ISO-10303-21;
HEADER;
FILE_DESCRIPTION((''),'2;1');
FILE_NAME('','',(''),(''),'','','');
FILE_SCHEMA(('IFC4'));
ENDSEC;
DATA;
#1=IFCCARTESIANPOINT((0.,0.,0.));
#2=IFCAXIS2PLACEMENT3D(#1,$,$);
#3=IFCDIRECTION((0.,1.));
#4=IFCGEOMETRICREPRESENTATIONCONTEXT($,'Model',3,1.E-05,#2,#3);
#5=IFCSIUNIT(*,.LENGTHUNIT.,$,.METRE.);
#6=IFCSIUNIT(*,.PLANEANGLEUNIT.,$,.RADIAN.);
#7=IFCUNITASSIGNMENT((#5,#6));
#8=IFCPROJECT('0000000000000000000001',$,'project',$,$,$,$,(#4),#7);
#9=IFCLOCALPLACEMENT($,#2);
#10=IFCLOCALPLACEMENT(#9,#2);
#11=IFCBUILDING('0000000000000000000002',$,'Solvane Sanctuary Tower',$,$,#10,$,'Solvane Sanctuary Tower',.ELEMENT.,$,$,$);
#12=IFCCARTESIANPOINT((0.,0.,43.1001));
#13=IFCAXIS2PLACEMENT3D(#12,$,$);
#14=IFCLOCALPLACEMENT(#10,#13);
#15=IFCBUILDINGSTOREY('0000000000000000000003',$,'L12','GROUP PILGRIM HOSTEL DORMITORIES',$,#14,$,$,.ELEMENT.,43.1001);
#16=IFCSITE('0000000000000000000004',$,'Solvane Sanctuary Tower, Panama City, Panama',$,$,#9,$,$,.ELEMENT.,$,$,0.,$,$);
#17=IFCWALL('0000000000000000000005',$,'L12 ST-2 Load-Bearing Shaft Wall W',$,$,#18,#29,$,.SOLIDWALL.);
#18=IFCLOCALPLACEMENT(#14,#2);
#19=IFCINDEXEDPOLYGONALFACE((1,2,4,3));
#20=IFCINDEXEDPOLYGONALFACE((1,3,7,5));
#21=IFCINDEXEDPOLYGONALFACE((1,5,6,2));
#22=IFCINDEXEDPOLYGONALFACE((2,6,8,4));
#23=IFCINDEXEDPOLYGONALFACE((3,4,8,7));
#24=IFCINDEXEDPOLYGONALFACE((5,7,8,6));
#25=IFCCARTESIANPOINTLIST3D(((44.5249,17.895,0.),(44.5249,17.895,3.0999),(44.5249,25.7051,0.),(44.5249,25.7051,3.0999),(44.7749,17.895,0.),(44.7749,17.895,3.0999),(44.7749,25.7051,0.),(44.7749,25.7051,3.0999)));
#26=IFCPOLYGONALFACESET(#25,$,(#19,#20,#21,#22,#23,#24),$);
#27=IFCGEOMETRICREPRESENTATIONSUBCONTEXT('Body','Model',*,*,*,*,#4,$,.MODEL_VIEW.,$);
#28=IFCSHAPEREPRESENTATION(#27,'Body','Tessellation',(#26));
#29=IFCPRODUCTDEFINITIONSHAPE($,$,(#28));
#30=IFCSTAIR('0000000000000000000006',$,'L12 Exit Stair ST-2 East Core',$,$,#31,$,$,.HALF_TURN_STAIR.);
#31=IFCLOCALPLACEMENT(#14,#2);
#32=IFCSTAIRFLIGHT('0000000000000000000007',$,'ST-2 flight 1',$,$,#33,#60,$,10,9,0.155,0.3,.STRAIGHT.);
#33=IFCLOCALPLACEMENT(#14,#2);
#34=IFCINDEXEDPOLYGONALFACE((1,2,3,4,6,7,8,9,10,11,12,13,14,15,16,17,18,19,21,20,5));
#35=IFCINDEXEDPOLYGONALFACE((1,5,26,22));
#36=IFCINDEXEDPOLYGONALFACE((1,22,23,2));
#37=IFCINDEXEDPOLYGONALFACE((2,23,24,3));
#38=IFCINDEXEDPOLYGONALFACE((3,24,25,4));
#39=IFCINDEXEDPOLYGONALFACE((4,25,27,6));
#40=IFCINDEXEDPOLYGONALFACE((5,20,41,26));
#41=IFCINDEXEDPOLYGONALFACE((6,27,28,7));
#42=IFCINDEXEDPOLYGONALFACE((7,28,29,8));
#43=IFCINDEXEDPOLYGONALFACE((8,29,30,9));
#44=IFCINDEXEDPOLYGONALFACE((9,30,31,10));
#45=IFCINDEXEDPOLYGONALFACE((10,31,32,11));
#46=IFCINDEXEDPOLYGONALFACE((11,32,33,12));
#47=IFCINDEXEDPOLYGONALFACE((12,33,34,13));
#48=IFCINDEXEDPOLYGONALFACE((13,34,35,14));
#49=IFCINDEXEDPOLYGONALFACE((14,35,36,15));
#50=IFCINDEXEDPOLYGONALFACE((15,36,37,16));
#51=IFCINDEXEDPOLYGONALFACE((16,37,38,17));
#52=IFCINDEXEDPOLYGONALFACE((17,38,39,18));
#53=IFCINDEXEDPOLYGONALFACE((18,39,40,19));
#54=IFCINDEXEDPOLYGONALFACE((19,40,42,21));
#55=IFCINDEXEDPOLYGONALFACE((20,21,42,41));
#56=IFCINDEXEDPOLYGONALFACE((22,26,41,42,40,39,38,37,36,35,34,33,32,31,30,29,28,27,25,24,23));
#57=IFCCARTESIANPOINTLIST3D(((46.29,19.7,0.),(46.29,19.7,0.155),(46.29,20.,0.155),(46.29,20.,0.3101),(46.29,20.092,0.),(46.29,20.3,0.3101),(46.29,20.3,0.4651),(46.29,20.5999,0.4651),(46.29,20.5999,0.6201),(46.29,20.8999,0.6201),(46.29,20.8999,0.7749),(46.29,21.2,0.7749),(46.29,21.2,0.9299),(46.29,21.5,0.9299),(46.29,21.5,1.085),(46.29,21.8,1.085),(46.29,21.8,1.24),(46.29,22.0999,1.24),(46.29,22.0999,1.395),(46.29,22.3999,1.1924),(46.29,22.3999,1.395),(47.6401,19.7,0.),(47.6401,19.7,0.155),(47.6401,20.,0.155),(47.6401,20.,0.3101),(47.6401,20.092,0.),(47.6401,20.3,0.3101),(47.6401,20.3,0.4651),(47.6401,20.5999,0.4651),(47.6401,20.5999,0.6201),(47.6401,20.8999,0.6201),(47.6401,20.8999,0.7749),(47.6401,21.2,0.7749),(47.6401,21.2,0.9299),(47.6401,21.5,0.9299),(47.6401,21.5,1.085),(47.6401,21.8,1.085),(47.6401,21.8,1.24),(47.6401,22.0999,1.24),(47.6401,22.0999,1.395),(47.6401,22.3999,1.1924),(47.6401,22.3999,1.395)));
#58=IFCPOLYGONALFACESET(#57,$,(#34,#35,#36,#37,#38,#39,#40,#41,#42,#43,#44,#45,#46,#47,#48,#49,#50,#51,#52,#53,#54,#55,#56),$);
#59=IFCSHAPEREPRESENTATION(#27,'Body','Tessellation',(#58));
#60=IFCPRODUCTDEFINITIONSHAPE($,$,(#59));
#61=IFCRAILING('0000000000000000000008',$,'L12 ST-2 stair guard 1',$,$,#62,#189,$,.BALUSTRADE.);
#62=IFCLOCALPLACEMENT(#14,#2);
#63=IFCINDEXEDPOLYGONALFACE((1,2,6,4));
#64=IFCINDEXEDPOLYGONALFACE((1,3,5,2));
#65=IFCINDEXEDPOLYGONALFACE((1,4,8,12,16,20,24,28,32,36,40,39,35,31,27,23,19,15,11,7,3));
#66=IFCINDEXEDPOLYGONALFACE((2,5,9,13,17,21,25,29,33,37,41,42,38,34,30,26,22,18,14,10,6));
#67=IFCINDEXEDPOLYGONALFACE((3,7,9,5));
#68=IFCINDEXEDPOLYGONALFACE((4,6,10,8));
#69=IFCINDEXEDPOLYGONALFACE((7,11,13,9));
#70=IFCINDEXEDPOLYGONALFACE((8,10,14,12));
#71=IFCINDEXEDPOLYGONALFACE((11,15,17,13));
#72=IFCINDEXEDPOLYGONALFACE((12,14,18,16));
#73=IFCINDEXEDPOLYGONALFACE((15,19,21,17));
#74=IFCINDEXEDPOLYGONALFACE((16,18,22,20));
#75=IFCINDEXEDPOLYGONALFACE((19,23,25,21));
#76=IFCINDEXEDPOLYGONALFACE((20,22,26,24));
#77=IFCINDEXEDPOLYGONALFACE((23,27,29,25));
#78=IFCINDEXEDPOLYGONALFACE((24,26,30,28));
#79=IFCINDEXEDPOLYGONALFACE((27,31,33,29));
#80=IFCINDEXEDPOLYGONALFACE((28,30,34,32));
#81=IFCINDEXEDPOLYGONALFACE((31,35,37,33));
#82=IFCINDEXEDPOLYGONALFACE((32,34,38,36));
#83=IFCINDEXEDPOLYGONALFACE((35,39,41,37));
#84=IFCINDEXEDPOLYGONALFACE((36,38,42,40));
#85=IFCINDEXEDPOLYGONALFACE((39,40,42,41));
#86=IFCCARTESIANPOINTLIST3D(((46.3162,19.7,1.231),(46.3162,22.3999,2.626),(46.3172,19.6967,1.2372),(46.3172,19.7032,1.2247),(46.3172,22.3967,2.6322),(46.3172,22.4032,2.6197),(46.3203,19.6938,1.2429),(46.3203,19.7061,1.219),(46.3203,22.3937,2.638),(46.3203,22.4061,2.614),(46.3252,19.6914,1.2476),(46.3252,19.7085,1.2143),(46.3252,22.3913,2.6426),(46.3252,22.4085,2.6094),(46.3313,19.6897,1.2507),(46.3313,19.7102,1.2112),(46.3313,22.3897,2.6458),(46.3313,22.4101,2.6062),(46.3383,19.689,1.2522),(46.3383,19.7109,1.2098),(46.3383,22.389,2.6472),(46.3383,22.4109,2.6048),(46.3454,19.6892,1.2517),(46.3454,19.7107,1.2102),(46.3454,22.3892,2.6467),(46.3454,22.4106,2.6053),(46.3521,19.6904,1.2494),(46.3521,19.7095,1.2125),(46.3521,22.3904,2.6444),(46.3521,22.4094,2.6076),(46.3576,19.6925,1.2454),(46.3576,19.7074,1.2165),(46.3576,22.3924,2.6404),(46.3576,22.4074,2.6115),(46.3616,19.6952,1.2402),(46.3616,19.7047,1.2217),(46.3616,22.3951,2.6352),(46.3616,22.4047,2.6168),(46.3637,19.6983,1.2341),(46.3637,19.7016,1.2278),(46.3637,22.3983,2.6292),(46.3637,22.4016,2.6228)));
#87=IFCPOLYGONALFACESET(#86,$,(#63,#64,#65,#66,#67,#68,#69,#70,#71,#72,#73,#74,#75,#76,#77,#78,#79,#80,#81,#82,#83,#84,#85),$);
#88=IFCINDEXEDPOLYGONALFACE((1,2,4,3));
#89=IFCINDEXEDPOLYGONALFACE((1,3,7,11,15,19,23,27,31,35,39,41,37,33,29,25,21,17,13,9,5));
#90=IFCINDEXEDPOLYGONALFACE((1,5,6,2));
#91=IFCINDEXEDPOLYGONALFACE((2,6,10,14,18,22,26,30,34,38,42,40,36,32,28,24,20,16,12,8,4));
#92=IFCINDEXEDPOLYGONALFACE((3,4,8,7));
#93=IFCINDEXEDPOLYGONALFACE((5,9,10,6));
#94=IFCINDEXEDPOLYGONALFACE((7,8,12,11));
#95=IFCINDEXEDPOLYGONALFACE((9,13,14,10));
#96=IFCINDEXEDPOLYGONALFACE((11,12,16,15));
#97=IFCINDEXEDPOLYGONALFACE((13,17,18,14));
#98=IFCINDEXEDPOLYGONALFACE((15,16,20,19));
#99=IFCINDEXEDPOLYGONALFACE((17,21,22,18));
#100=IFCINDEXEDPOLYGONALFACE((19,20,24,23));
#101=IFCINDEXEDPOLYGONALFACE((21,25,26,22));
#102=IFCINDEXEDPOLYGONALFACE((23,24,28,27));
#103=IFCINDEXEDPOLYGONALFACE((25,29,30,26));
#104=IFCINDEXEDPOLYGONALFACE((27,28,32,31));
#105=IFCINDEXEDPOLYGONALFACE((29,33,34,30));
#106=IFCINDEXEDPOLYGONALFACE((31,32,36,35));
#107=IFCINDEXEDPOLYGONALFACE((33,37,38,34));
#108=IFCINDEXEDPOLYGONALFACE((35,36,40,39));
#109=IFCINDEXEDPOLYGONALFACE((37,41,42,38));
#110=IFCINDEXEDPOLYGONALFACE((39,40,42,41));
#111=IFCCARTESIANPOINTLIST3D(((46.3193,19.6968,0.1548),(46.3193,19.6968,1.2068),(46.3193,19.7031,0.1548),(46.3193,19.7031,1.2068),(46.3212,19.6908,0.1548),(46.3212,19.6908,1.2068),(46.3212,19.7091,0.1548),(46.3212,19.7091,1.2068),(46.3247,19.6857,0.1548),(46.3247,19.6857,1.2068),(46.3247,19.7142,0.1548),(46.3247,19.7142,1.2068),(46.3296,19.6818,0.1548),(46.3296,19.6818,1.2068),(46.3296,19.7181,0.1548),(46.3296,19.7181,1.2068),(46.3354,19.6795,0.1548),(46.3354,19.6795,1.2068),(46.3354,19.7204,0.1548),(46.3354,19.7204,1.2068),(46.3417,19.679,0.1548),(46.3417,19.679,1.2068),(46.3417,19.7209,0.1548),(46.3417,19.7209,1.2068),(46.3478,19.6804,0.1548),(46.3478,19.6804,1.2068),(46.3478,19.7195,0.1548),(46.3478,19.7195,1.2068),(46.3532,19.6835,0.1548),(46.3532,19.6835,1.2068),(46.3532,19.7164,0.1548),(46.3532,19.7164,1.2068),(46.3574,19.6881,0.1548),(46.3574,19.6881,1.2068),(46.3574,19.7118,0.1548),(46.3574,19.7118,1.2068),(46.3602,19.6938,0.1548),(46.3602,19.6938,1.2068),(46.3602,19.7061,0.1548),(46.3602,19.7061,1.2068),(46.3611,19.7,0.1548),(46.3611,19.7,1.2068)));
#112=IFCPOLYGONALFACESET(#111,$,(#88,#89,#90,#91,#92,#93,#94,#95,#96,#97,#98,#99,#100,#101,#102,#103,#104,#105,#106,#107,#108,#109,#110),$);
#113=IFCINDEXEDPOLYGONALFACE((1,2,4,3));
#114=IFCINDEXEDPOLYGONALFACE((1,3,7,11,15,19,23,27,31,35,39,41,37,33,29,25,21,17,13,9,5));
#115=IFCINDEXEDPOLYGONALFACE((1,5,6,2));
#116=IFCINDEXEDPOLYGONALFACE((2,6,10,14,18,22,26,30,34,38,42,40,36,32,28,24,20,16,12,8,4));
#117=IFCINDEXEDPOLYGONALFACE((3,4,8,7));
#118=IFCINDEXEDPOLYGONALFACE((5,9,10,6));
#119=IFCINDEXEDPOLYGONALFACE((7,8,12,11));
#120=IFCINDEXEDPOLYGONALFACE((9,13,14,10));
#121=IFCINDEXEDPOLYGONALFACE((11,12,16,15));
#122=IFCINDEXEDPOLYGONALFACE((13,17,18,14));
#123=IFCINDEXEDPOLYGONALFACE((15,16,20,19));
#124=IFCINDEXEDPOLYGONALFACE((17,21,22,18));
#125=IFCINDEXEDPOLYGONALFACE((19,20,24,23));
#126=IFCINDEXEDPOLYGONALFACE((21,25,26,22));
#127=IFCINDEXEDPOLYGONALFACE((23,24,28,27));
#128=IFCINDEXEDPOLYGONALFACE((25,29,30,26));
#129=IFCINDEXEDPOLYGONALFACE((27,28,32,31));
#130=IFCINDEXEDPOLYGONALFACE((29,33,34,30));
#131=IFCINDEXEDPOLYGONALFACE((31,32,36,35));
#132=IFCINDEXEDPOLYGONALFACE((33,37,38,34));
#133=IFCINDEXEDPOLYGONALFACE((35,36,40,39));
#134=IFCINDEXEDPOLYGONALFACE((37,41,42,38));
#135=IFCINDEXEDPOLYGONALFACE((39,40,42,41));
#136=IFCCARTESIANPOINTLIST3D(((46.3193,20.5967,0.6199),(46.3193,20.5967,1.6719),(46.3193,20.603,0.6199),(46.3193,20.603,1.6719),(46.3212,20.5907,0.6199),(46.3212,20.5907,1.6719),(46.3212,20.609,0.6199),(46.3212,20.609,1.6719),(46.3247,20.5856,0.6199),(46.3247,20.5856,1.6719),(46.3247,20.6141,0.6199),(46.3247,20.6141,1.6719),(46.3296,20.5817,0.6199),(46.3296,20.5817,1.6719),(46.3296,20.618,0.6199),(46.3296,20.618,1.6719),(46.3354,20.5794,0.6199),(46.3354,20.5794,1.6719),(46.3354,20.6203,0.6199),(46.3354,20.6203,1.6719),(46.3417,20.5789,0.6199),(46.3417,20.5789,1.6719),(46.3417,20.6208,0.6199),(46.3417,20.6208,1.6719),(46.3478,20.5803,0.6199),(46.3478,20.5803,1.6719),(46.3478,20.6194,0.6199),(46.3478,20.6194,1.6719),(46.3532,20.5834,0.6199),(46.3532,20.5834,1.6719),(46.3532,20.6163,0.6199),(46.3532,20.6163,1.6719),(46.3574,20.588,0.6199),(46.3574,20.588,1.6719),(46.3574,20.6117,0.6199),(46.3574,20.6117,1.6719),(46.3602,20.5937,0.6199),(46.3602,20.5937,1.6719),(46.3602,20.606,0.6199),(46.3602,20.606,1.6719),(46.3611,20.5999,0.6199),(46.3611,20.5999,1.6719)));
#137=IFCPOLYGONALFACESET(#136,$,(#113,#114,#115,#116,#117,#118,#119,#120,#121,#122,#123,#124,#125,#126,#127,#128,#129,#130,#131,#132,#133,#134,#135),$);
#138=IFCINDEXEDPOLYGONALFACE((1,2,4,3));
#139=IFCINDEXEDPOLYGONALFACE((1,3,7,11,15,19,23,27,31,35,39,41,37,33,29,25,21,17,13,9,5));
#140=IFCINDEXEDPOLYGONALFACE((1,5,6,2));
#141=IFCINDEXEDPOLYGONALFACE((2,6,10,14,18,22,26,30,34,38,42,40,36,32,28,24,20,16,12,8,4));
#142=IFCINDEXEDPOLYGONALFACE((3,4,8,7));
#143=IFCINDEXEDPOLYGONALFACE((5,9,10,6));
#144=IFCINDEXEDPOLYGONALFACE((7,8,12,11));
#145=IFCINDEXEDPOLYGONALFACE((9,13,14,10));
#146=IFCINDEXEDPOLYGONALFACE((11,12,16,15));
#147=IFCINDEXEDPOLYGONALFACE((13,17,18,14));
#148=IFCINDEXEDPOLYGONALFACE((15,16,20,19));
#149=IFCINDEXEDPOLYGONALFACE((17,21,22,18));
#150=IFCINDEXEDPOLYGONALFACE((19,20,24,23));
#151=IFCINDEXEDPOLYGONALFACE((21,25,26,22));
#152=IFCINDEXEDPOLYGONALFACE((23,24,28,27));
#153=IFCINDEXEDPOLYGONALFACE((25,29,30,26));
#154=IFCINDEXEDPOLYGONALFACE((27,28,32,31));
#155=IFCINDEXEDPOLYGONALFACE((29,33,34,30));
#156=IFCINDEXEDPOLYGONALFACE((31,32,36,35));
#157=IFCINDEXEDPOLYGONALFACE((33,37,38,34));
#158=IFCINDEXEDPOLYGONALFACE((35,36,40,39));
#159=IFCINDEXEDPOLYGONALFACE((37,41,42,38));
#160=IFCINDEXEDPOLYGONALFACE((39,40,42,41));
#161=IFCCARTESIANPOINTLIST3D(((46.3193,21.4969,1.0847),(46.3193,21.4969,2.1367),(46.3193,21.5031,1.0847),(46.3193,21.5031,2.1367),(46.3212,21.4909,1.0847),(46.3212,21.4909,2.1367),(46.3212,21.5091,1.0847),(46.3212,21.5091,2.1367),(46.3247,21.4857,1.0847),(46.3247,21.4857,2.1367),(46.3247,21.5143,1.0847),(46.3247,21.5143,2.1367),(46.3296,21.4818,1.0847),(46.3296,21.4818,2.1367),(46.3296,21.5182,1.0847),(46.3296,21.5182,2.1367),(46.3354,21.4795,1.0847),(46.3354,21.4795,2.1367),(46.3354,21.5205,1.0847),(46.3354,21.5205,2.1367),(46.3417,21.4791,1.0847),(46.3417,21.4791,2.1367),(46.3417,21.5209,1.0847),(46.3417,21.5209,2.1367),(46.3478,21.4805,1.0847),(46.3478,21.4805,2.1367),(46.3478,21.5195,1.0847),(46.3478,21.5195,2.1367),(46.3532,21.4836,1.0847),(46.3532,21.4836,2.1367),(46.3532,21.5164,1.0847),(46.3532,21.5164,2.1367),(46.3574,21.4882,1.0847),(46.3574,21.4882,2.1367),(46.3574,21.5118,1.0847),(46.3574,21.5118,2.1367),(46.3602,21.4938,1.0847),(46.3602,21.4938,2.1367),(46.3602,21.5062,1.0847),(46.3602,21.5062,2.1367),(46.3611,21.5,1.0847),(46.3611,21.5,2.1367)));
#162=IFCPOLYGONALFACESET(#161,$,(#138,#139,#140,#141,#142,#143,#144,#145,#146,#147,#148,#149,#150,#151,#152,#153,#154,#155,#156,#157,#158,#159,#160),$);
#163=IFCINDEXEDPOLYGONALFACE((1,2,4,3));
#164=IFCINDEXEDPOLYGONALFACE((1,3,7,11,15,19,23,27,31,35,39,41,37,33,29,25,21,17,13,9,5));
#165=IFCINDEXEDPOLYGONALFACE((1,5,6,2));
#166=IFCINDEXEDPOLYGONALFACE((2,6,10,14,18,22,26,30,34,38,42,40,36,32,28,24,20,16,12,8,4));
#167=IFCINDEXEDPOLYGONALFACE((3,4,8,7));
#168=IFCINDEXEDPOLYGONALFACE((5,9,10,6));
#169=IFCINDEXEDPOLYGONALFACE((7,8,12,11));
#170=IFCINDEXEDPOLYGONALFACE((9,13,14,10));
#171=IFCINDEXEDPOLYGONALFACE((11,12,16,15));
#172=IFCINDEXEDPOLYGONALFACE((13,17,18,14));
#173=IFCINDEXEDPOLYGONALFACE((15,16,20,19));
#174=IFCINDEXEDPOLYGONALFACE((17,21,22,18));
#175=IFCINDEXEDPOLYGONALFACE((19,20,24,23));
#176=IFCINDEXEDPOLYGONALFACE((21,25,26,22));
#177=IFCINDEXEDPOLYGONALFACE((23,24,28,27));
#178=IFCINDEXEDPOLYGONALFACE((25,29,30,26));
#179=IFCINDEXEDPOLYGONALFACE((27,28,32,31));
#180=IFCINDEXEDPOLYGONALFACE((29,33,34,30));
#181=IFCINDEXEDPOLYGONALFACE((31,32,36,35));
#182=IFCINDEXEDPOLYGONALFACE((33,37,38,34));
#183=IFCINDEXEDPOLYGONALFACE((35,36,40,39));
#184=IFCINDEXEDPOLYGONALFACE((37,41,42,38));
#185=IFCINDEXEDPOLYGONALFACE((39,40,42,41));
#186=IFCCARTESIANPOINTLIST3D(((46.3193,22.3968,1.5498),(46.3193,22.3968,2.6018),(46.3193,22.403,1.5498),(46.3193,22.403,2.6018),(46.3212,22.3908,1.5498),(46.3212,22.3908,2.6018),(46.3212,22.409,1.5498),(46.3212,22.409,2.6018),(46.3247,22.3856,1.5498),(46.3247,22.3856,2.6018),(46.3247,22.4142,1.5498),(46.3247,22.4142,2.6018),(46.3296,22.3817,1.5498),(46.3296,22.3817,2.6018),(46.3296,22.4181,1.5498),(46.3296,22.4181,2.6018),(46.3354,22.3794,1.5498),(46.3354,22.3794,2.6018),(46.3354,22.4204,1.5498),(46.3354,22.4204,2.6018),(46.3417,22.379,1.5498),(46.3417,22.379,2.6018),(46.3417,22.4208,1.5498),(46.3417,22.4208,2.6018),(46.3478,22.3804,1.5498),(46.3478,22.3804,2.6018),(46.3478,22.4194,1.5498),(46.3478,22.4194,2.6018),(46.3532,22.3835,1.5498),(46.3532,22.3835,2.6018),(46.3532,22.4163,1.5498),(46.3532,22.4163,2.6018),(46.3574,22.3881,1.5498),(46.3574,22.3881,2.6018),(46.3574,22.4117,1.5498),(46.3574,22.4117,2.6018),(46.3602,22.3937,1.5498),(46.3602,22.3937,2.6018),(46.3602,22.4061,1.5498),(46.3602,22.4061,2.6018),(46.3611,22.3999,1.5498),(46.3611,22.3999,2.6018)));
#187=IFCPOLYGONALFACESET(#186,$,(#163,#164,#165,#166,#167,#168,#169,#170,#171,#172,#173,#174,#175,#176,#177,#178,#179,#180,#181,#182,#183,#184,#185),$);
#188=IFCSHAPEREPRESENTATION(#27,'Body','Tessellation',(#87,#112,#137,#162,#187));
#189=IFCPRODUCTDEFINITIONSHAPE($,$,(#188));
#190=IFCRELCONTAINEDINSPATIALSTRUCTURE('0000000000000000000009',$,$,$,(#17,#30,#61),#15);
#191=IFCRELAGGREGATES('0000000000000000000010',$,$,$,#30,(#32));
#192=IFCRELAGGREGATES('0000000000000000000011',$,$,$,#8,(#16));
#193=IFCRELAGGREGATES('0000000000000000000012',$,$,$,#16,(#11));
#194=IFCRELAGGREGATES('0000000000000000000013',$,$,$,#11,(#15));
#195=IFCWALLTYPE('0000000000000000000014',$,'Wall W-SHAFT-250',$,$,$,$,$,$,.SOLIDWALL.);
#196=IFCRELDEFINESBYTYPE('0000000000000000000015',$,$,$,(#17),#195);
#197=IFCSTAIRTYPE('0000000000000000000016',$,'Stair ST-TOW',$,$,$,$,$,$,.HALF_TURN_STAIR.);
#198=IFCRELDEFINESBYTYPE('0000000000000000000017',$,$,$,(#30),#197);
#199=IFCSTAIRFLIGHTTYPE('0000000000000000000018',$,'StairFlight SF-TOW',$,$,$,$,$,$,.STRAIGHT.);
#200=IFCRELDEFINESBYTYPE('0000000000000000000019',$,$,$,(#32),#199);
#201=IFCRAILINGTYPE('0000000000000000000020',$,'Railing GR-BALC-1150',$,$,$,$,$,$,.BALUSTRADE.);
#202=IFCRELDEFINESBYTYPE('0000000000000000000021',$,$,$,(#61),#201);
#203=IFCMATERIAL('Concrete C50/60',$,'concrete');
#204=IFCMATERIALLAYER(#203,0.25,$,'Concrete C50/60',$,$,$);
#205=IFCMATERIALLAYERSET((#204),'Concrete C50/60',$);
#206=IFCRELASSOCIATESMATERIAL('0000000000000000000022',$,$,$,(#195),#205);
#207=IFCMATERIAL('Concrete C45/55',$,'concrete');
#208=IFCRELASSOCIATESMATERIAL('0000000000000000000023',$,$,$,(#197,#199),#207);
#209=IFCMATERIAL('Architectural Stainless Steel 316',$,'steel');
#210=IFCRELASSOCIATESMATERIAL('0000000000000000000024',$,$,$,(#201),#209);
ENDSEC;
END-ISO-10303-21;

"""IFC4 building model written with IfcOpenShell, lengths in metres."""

from ifc_helpers import new_model, si_unit, direction, frame, frame_2d, origin, origin_2d, place, context, subcontext, project, spatial, polyline, rectangle, circle, outline, extrude, material, layer, layer_set, type_object, element, aggregate, save


model = new_model("IFC4")

# Units and contexts
model_context = context("Model", 3, precision=1e-05, world=origin(), true_north=direction((0.0, 1.0)))
body_context = subcontext(model_context, "Body", "Model", "MODEL_VIEW")
ifc_project = project(units=[si_unit("LENGTHUNIT", "METRE"), si_unit("PLANEANGLEUNIT", "RADIAN")], contexts=[model_context])

# Site, building, storey
site_placement = place(None, origin())
site = spatial("IfcSite", under=ifc_project, at=site_placement, Name="Solvane Sanctuary Tower, Panama City, Panama", CompositionType="ELEMENT", RefElevation=0.0)
building_placement = place(site_placement, origin())
building = spatial("IfcBuilding", under=site, at=building_placement, Name="Solvane Sanctuary Tower", LongName="Solvane Sanctuary Tower", CompositionType="ELEMENT")
storey_placement = place(building_placement, frame((0.0, 0.0, 43.1001)))
storey = spatial("IfcBuildingStorey", under=building, at=storey_placement, Name="L12", Description="GROUP PILGRIM HOSTEL DORMITORIES", CompositionType="ELEMENT", Elevation=43.1001)

# Shared definitions
ifc_material_1 = material(Name="Concrete C50/60", Category="concrete")

# Shared definitions
ifc_material_2 = material(Name="Architectural Stainless Steel 316", Category="steel")

# Shared definitions
ifc_layer_1 = layer(ifc_material_1, 0.25, Name="Concrete C50/60")
ifc_layer_set_1 = layer_set([ifc_layer_1], Name="Concrete C50/60")
wall_type_1 = type_object("IfcWallType", Name="Wall W-SHAFT-250", PredefinedType="SOLIDWALL", material=ifc_layer_set_1)

# Wall
wall_1_placement = place(storey_placement, frame((44.6499, 17.895, 0.0), z_axis=(0.0, 0.0, 1.0), x_axis=(0.0, 1.0, 0.0)))
element("IfcWall", 1, at=wall_1_placement, inside=storey, type_object=wall_type_1, Name="L12 ST-2 Load-Bearing Shaft Wall W", PredefinedType="SOLIDWALL", context=body_context, shape_type="SweptSolid", body=[
    extrude(rectangle(XDim=7.8101, YDim=0.25, at=frame_2d((3.905, 0.0))), origin(), (0.0, 0.0, 1.0), 3.0999),
])

# Stair, stair flight
ifc_material_3 = material(Name="Concrete C45/55", Category="concrete")
stair_type = type_object("IfcStairType", Name="Stair ST-TOW", PredefinedType="HALF_TURN_STAIR", material=ifc_material_3)
stair_placement = place(storey_placement, origin())
stair = element("IfcStair", 2, at=stair_placement, inside=storey, type_object=stair_type, Name="L12 Exit Stair ST-2 East Core", PredefinedType="HALF_TURN_STAIR")
stair_flight_type = type_object("IfcStairFlightType", Name="StairFlight SF-TOW", PredefinedType="STRAIGHT", material=ifc_material_3)
stair_flight_placement = place(storey_placement, frame((46.9651, 19.7, 0.0), z_axis=(0.0, 0.0, 1.0), x_axis=(0.0, 1.0, 0.0)))
stair_flight = element("IfcStairFlight", 3, at=stair_flight_placement, type_object=stair_flight_type, Name="ST-2 flight 1", NumberOfRisers=10, NumberOfTreads=9, PredefinedType="STRAIGHT", RiserHeight=0.155, TreadLength=0.3, context=body_context, shape_type="SweptSolid", body=[
    extrude(outline(polyline([(0.0, 0.0), (0.0, 0.155), (0.3, 0.155), (0.3, 0.3101), (0.6001, 0.3101), (0.6001, 0.4651), (0.8999, 0.4651), (0.8999, 0.6201), (1.2, 0.6201), (1.2, 0.7749), (1.5, 0.7749), (1.5, 0.9299), (1.8, 0.9299), (1.8, 1.085), (2.1001, 1.085), (2.1001, 1.24), (2.3999, 1.24), (2.3999, 1.395), (2.7, 1.395), (2.7, 1.55), (2.7, 1.1924), (0.3921, 0.0), (0.0, 0.0)])), frame((0.0, 0.675, 0.0), z_axis=(0.0, -1.0, 0.0), x_axis=(1.0, 0.0, 0.0)), (0.0, 0.0, 1.0), 1.3501),
])
aggregate(stair, [stair_flight])

# Railing
railing_type = type_object("IfcRailingType", Name="Railing GR-BALC-1150", PredefinedType="BALUSTRADE", material=ifc_material_2)
railing_1_placement = place(storey_placement, frame((46.3401, 19.7, 0.1548)))
element("IfcRailing", 4, at=railing_1_placement, inside=storey, type_object=railing_type, Name="L12 ST-2 stair guard 1", PredefinedType="BALUSTRADE", context=body_context, shape_type="SweptSolid", body=[
    extrude(circle(Radius=0.0239, at=origin_2d()), frame((0.0, 0.0, 1.0762), z_axis=(0.0, 0.88842, 0.459032), x_axis=(-1.0, 0.0, 0.0)), (0.0, 0.0, 1.0), 3.0391),
    extrude(circle(Radius=0.021, at=origin_2d()), origin(), (0.0, 0.0, 1.0), 1.052),
    extrude(circle(Radius=0.021, at=origin_2d()), frame((0.0, 0.8999, 0.4651)), (0.0, 0.0, 1.0), 1.052),
    extrude(circle(Radius=0.021, at=origin_2d()), frame((0.0, 1.8, 0.9299)), (0.0, 0.0, 1.0), 1.052),
    extrude(circle(Radius=0.021, at=origin_2d()), frame((0.0, 2.7, 1.395)), (0.0, 0.0, 1.0), 1.052),
])

save(model, "model.ifc")
